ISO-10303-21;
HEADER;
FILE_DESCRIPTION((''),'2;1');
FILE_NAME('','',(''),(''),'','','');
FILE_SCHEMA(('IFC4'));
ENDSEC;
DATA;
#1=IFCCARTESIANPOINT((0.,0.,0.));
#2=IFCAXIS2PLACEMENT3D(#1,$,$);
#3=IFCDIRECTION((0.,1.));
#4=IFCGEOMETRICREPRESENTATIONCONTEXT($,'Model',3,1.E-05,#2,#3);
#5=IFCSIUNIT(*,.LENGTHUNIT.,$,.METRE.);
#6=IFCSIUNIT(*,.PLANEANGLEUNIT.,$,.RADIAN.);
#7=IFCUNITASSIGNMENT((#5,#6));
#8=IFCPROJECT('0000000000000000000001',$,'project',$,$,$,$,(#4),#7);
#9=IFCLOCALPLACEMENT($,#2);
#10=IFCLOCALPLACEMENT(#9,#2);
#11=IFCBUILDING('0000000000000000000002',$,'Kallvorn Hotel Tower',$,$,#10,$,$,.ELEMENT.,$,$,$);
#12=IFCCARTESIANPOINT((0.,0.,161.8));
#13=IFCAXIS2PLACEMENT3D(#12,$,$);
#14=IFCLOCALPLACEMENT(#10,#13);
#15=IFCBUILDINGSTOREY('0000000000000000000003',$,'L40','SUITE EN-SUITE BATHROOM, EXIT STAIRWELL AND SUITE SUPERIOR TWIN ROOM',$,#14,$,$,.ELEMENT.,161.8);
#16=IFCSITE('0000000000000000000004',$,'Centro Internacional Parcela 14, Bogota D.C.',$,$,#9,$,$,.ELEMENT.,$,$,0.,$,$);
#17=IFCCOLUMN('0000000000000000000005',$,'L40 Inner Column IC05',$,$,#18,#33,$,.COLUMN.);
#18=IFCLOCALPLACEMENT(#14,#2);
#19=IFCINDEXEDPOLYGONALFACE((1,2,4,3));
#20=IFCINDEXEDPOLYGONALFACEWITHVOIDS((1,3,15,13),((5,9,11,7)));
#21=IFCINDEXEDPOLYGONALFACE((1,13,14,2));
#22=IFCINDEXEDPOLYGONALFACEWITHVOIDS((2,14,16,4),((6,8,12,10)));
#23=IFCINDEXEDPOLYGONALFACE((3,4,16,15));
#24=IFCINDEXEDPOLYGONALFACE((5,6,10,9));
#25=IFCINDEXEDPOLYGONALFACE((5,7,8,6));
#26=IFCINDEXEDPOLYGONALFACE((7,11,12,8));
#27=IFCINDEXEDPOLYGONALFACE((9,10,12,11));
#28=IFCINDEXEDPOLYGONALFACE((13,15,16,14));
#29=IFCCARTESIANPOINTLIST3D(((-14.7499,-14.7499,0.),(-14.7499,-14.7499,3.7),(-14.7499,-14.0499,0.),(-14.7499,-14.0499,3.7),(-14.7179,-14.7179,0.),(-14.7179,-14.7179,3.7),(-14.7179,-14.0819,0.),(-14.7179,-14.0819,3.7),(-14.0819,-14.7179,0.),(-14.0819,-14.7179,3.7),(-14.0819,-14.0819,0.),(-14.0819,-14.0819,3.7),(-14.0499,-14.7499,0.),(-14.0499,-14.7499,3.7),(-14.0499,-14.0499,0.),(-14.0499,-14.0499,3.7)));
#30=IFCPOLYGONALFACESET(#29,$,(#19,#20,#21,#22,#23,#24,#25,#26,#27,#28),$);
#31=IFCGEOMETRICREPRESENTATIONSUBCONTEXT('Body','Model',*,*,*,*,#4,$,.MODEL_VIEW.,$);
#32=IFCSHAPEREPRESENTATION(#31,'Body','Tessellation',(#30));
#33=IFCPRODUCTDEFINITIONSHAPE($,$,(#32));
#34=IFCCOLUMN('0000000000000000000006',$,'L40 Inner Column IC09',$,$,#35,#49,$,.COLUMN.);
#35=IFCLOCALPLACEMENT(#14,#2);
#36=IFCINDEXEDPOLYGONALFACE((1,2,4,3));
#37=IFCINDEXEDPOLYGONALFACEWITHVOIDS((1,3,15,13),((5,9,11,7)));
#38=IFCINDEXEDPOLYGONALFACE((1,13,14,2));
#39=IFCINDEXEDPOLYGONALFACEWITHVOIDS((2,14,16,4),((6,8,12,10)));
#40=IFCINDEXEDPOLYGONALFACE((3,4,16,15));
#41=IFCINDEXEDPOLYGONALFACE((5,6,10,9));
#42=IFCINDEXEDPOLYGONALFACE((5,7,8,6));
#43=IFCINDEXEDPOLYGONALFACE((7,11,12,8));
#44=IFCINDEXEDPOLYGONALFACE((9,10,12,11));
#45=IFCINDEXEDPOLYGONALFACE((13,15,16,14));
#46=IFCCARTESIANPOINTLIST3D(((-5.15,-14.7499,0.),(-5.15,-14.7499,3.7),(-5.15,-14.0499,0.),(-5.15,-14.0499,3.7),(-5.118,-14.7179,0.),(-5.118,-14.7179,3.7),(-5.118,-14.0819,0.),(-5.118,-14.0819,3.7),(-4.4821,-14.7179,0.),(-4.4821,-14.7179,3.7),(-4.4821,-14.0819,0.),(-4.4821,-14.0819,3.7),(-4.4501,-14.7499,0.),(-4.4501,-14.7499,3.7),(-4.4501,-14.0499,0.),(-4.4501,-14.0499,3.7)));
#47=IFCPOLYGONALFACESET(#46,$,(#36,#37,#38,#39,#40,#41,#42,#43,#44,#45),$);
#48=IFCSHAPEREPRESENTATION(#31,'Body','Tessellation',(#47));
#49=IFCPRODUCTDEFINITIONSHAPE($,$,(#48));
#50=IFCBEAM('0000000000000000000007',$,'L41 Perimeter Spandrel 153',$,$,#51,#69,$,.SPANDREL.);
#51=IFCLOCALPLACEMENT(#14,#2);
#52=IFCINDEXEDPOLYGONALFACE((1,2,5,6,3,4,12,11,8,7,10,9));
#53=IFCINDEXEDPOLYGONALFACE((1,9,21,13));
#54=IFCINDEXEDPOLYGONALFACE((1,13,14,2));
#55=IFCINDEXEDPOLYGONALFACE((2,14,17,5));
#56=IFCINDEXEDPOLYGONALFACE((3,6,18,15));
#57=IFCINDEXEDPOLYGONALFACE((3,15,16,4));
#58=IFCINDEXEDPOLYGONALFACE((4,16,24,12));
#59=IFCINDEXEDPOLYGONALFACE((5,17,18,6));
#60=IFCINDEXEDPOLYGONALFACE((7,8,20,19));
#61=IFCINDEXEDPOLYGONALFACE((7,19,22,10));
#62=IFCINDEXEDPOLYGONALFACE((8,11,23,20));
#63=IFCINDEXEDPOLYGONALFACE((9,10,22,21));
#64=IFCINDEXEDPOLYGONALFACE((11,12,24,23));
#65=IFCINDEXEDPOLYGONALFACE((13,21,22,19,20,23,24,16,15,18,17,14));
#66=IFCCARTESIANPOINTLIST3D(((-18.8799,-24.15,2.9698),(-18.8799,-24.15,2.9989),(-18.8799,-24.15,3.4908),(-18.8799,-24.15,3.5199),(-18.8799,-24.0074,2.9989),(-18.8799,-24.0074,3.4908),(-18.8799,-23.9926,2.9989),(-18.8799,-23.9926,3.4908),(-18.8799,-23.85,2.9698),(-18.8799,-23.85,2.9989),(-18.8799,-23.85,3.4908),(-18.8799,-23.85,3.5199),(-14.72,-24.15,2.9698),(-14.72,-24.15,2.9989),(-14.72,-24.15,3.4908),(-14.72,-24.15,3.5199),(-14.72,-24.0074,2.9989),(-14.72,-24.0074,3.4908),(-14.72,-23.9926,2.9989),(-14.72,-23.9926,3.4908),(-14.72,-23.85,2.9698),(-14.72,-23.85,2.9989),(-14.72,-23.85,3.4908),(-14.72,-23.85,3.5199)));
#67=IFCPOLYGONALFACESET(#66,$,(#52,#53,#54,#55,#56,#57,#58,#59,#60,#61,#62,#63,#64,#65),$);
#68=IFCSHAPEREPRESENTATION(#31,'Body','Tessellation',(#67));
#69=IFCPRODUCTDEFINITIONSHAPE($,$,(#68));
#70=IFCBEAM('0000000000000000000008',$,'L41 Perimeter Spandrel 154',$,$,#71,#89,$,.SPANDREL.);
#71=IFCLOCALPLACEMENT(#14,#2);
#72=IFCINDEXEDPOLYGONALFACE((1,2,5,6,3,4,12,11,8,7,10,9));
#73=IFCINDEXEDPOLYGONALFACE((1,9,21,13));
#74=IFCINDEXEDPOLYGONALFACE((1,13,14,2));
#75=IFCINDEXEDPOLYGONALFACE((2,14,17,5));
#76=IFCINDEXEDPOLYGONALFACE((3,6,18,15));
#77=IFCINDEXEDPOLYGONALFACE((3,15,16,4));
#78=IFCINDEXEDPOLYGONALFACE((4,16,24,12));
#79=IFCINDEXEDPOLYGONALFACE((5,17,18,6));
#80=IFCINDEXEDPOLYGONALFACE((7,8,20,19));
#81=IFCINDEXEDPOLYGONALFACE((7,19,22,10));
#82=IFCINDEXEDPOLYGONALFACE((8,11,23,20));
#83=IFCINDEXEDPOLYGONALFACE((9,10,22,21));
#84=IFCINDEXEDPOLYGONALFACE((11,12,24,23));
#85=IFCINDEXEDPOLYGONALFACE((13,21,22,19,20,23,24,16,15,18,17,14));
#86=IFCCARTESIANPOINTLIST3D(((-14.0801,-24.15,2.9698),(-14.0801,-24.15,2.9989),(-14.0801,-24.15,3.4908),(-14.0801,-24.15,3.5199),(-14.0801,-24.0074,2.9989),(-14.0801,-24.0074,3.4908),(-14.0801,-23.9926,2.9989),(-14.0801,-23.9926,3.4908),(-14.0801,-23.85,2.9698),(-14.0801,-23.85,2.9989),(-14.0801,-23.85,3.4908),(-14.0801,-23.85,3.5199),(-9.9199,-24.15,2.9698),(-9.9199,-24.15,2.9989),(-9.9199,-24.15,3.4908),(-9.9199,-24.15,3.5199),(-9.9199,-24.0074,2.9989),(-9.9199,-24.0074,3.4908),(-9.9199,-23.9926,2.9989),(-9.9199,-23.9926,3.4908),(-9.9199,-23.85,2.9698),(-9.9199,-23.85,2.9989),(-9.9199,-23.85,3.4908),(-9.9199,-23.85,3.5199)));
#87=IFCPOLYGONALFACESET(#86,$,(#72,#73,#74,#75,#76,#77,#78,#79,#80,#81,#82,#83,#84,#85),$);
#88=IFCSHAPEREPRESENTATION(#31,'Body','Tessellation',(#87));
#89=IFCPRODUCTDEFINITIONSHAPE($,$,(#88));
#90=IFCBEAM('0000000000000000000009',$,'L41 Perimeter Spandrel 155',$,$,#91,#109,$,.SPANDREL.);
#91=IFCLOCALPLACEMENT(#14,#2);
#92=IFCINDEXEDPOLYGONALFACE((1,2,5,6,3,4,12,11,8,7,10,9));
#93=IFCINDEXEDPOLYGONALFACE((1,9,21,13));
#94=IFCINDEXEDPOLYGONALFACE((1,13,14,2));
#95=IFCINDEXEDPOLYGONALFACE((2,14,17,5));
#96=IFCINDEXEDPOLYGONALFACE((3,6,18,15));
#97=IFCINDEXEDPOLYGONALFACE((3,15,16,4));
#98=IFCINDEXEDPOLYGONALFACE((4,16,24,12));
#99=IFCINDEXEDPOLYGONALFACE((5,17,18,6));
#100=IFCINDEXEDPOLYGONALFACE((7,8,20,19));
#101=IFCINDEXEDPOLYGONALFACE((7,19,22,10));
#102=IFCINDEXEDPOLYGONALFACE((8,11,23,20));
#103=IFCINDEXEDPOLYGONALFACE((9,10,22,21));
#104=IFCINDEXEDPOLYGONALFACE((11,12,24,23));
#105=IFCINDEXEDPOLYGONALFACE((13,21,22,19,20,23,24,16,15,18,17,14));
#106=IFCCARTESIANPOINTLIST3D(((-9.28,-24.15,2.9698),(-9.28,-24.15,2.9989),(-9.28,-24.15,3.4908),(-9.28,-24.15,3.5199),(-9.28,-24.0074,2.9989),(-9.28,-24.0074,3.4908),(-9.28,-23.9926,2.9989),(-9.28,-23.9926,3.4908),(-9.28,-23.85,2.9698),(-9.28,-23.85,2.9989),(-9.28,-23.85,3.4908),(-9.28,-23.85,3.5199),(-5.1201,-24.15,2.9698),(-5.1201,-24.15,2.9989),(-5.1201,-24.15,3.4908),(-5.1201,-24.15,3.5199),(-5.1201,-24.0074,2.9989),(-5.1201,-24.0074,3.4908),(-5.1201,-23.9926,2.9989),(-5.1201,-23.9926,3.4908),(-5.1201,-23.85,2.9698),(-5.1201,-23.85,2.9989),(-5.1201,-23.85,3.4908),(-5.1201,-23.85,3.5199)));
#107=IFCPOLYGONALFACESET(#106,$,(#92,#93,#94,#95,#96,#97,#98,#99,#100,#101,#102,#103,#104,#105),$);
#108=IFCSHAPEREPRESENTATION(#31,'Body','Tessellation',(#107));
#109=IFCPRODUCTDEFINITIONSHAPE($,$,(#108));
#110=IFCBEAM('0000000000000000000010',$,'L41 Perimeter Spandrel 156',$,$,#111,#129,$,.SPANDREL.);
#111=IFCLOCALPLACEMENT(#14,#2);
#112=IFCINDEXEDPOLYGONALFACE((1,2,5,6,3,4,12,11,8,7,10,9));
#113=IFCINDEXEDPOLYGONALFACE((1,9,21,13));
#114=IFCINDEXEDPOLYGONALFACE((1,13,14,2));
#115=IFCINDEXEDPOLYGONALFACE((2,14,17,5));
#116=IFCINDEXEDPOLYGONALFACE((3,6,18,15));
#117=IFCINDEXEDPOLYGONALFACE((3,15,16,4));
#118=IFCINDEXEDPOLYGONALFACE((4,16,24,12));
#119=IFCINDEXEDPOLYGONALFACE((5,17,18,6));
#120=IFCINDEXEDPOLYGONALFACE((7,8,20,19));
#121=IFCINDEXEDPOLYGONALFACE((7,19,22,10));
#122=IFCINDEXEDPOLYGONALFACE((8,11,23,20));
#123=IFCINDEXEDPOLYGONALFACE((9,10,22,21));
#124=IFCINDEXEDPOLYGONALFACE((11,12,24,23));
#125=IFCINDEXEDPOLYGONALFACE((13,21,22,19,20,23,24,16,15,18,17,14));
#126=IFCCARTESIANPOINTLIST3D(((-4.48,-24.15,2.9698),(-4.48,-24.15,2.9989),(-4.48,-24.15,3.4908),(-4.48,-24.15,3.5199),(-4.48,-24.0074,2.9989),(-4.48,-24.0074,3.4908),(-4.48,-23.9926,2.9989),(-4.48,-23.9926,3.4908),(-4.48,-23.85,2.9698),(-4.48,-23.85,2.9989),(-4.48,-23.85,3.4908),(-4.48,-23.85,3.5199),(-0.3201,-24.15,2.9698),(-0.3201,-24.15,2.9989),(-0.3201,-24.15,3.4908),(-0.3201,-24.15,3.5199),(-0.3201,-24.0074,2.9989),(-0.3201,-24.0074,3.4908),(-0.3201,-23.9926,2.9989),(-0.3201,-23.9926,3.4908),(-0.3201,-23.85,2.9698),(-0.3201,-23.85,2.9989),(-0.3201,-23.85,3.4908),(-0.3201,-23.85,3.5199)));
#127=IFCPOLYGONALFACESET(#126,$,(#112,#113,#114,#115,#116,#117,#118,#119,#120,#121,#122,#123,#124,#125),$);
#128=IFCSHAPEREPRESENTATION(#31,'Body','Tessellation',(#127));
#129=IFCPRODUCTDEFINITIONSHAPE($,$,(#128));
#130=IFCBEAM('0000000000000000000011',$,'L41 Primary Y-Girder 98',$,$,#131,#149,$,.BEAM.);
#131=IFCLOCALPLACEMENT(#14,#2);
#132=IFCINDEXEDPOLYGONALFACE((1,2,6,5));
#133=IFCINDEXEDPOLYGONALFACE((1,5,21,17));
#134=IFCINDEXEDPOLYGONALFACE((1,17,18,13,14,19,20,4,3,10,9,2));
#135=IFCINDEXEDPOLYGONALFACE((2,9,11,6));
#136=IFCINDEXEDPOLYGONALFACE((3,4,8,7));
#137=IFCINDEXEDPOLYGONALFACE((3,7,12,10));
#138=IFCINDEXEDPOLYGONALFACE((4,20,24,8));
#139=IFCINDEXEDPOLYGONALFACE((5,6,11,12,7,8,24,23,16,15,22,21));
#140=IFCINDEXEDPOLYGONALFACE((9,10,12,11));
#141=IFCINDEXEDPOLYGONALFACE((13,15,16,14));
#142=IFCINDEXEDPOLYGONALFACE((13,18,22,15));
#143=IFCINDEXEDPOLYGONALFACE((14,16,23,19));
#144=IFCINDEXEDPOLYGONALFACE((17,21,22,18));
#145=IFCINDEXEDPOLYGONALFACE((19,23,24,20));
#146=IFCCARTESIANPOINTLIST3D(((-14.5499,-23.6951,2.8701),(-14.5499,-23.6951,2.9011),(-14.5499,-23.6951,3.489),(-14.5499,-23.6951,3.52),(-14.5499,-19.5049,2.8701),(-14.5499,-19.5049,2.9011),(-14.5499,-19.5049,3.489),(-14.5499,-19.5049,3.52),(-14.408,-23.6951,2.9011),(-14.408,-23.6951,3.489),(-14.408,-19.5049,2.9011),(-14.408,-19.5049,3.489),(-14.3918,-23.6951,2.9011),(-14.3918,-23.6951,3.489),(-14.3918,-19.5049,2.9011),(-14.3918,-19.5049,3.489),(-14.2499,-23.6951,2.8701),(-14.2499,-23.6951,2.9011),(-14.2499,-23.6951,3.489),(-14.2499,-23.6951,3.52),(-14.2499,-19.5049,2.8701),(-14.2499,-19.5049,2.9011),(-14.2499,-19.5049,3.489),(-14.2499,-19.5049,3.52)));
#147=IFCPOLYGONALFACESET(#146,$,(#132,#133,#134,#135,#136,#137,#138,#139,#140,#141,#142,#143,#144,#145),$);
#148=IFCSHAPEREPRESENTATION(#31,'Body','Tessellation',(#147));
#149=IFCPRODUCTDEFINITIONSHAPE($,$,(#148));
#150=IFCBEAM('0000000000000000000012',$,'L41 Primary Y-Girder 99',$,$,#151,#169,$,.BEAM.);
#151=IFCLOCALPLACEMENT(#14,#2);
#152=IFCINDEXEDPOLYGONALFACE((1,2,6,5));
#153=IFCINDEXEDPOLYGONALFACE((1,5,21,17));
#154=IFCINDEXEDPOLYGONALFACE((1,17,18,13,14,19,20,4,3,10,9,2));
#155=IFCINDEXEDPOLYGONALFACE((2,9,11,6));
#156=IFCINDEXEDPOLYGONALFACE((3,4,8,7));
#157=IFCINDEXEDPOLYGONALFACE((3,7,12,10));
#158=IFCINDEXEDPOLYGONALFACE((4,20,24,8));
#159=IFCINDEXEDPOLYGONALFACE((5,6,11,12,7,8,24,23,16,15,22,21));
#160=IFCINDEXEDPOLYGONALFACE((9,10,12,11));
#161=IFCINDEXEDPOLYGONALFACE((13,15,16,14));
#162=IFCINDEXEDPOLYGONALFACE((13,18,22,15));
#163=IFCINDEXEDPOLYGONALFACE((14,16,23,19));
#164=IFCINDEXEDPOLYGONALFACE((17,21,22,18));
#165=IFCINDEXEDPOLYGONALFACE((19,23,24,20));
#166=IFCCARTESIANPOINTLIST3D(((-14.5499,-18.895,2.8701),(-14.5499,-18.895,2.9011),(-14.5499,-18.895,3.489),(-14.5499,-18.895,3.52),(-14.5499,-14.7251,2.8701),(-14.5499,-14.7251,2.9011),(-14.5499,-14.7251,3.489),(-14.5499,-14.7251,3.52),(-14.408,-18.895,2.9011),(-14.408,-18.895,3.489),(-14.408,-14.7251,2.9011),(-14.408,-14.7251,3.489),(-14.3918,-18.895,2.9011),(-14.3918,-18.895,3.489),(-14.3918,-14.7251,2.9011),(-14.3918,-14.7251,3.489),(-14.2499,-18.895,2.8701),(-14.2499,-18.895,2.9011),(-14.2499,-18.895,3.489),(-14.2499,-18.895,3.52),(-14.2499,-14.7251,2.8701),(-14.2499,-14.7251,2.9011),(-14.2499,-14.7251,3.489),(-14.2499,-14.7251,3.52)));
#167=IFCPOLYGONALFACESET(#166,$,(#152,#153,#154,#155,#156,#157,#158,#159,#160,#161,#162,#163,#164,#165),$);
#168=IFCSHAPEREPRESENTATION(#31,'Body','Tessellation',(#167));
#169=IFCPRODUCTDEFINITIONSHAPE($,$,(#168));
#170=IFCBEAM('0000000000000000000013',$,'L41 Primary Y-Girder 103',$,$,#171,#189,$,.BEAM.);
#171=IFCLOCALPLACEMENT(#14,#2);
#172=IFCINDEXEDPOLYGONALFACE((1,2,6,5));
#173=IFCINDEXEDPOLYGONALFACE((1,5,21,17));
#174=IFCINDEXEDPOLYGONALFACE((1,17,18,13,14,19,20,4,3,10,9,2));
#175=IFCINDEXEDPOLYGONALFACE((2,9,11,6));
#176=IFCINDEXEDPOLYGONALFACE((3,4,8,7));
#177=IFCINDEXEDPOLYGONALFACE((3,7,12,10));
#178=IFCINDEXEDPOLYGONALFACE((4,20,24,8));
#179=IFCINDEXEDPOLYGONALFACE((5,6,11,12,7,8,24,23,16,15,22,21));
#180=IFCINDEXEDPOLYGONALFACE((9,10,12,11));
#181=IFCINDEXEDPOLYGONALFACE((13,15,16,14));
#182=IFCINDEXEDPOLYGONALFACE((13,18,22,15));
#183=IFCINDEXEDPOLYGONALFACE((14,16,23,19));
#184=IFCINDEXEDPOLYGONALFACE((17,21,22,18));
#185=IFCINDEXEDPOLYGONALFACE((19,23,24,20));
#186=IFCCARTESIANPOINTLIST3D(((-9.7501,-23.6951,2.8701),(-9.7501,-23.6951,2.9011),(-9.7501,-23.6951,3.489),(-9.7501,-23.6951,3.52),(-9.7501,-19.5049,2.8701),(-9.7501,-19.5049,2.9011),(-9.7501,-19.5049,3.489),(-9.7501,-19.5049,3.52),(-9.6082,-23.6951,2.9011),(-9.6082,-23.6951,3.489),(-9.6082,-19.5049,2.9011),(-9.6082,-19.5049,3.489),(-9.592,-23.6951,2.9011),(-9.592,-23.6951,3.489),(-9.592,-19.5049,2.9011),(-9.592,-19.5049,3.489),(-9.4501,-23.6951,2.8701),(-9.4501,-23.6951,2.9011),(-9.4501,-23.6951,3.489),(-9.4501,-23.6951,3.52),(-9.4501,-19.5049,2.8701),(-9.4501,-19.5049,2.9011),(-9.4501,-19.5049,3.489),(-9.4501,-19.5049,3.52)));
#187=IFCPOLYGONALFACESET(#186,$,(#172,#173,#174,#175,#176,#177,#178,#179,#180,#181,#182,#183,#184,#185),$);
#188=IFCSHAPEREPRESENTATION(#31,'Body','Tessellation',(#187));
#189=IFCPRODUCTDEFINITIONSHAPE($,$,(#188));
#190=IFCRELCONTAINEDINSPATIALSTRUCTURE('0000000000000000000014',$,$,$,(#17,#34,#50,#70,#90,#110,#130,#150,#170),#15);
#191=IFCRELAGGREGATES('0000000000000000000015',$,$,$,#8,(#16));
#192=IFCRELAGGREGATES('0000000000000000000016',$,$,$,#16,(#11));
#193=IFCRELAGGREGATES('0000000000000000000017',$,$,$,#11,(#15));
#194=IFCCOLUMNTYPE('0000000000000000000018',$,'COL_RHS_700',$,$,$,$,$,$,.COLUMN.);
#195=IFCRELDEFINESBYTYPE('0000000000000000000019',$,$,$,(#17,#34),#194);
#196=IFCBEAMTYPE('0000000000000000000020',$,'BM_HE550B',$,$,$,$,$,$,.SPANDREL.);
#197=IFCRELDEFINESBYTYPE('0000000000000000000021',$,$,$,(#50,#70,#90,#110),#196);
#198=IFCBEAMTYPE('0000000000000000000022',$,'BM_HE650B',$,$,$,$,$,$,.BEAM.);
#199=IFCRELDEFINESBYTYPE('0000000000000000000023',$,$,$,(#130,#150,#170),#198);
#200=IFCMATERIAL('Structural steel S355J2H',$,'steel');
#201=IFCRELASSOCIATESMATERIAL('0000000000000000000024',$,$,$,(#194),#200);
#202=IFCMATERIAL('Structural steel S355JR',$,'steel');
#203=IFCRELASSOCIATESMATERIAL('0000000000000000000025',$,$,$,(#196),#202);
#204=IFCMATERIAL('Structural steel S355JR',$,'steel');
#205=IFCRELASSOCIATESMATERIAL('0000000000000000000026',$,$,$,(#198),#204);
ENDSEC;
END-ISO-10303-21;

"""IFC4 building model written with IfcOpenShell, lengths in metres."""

from ifc_helpers import new_model, si_unit, direction, frame, origin, origin_2d, place, context, subcontext, project, spatial, hollow_rectangle, i_section, extrude, material, material_profile, profile_set, type_object, element, save


model = new_model("IFC4")

# Units and contexts
model_context = context("Model", 3, precision=1e-05, world=origin(), true_north=direction((0.0, 1.0)))
body_context = subcontext(model_context, "Body", "Model", "MODEL_VIEW")
ifc_project = project(units=[si_unit("LENGTHUNIT", "METRE"), si_unit("PLANEANGLEUNIT", "RADIAN")], contexts=[model_context])

# Site, building, storey
site_placement = place(None, origin())
site = spatial("IfcSite", under=ifc_project, at=site_placement, Name="Centro Internacional Parcela 14, Bogota D.C.", CompositionType="ELEMENT", RefElevation=0.0)
building_placement = place(site_placement, origin())
building = spatial("IfcBuilding", under=site, at=building_placement, Name="Kallvorn Hotel Tower", CompositionType="ELEMENT")
storey_placement = place(building_placement, frame((0.0, 0.0, 161.8)))
storey = spatial("IfcBuildingStorey", under=building, at=storey_placement, Name="L40", Description="SUITE EN-SUITE BATHROOM, EXIT STAIRWELL AND SUITE SUPERIOR TWIN ROOM", CompositionType="ELEMENT", Elevation=161.8)

# Columns
ifc_material_1 = material(Name="Structural steel S355J2H", Category="steel")
ifc_material_profile_1 = material_profile(ifc_material_1, hollow_rectangle(XDim=0.7, YDim=0.7, WallThickness=0.032, at=origin_2d()), Name="RHS 700x700x32")
ifc_profile_set_1 = profile_set([ifc_material_profile_1], Name="Structural steel S355J2H")
column_type_1 = type_object("IfcColumnType", Name="COL_RHS_700", PredefinedType="COLUMN", material=ifc_profile_set_1)
for number, where, z_axis, x_axis, name in (
    (1, (-14.3999, -14.3999, 0.0), (0.0, 0.0, 1.0), (1.0, 0.0, 0.0), "L40 Inner Column IC05"),
    (2, (-4.8, -14.3999, 0.0), (0.0, 0.0, 1.0), (1.0, 0.0, 0.0), "L40 Inner Column IC09"),
):
    element("IfcColumn", number, at=place(storey_placement, frame(where, z_axis=z_axis, x_axis=x_axis)), inside=storey, type_object=column_type_1, Name=name, PredefinedType="COLUMN", context=body_context, shape_type="SweptSolid", body=[
        extrude(hollow_rectangle(XDim=0.7, YDim=0.7, WallThickness=0.032, at=origin_2d()), origin(), (0.0, 0.0, 1.0), 3.7),
    ])

# Beams
ifc_material_2 = material(Name="Structural steel S355JR", Category="steel")
ifc_material_profile_2 = material_profile(ifc_material_2, i_section(OverallWidth=0.3, OverallDepth=0.55, WebThickness=0.0149, FlangeThickness=0.0291, at=origin_2d()), Name="HE 550 B")
ifc_profile_set_2 = profile_set([ifc_material_profile_2], Name="Structural steel S355JR")
beam_type_1 = type_object("IfcBeamType", Name="BM_HE550B", PredefinedType="SPANDREL", material=ifc_profile_set_2)
beam_1_placement = place(storey_placement, frame((-18.8799, -24.0, 3.2449), z_axis=(1.0, 0.0, 0.0), x_axis=(0.0, 1.0, 0.0)))
element("IfcBeam", 3, at=beam_1_placement, inside=storey, type_object=beam_type_1, Name="L41 Perimeter Spandrel 153", PredefinedType="SPANDREL", context=body_context, shape_type="SweptSolid", body=[
    extrude(i_section(OverallWidth=0.3, OverallDepth=0.55, WebThickness=0.0149, FlangeThickness=0.0291, at=origin_2d()), origin(), (0.0, 0.0, 1.0), 4.1599),
])
beam_2_placement = place(storey_placement, frame((-14.0801, -24.0, 3.2449), z_axis=(1.0, 0.0, 0.0), x_axis=(0.0, 1.0, 0.0)))
element("IfcBeam", 4, at=beam_2_placement, inside=storey, type_object=beam_type_1, Name="L41 Perimeter Spandrel 154", PredefinedType="SPANDREL", context=body_context, shape_type="SweptSolid", body=[
    extrude(i_section(OverallWidth=0.3, OverallDepth=0.55, WebThickness=0.0149, FlangeThickness=0.0291, at=origin_2d()), origin(), (0.0, 0.0, 1.0), 4.1602),
])
for number, where, z_axis, x_axis, name in (
    (5, (-9.28, -24.0, 3.2449), (1.0, 0.0, 0.0), (0.0, 1.0, 0.0), "L41 Perimeter Spandrel 155"),
    (6, (-4.48, -24.0, 3.2449), (1.0, 0.0, 0.0), (0.0, 1.0, 0.0), "L41 Perimeter Spandrel 156"),
):
    element("IfcBeam", number, at=place(storey_placement, frame(where, z_axis=z_axis, x_axis=x_axis)), inside=storey, type_object=beam_type_1, Name=name, PredefinedType="SPANDREL", context=body_context, shape_type="SweptSolid", body=[
        extrude(i_section(OverallWidth=0.3, OverallDepth=0.55, WebThickness=0.0149, FlangeThickness=0.0291, at=origin_2d()), origin(), (0.0, 0.0, 1.0), 4.1599),
    ])
ifc_material_3 = material(Name="Structural steel S355JR", Category="steel")
ifc_material_profile_3 = material_profile(ifc_material_3, i_section(OverallWidth=0.3, OverallDepth=0.6499, WebThickness=0.0161, FlangeThickness=0.031, at=origin_2d()), Name="HE 650 B")
ifc_profile_set_3 = profile_set([ifc_material_profile_3], Name="Structural steel S355JR")
beam_type_2 = type_object("IfcBeamType", Name="BM_HE650B", PredefinedType="BEAM", material=ifc_profile_set_3)
beam_3_placement = place(storey_placement, frame((-14.3999, -23.6951, 3.1951), z_axis=(0.0, 1.0, 0.0), x_axis=(-1.0, 0.0, 0.0)))
element("IfcBeam", 7, at=beam_3_placement, inside=storey, type_object=beam_type_2, Name="L41 Primary Y-Girder 98", PredefinedType="BEAM", context=body_context, shape_type="SweptSolid", body=[
    extrude(i_section(OverallWidth=0.3, OverallDepth=0.6499, WebThickness=0.0161, FlangeThickness=0.031, at=origin_2d()), origin(), (0.0, 0.0, 1.0), 4.1902),
])
beam_4_placement = place(storey_placement, frame((-14.3999, -18.895, 3.1951), z_axis=(0.0, 1.0, 0.0), x_axis=(-1.0, 0.0, 0.0)))
element("IfcBeam", 8, at=beam_4_placement, inside=storey, type_object=beam_type_2, Name="L41 Primary Y-Girder 99", PredefinedType="BEAM", context=body_context, shape_type="SweptSolid", body=[
    extrude(i_section(OverallWidth=0.3, OverallDepth=0.6499, WebThickness=0.0161, FlangeThickness=0.031, at=origin_2d()), origin(), (0.0, 0.0, 1.0), 4.1699),
])
for number, where, z_axis, x_axis, name in (
    (9, (-9.6001, -23.6951, 3.1951), (0.0, 1.0, 0.0), (-1.0, 0.0, 0.0), "L41 Primary Y-Girder 103"),
):
    element("IfcBeam", number, at=place(storey_placement, frame(where, z_axis=z_axis, x_axis=x_axis)), inside=storey, type_object=beam_type_2, Name=name, PredefinedType="BEAM", context=body_context, shape_type="SweptSolid", body=[
        extrude(i_section(OverallWidth=0.3, OverallDepth=0.6499, WebThickness=0.0161, FlangeThickness=0.031, at=origin_2d()), origin(), (0.0, 0.0, 1.0), 4.1902),
    ])

save(model, "model.ifc")
